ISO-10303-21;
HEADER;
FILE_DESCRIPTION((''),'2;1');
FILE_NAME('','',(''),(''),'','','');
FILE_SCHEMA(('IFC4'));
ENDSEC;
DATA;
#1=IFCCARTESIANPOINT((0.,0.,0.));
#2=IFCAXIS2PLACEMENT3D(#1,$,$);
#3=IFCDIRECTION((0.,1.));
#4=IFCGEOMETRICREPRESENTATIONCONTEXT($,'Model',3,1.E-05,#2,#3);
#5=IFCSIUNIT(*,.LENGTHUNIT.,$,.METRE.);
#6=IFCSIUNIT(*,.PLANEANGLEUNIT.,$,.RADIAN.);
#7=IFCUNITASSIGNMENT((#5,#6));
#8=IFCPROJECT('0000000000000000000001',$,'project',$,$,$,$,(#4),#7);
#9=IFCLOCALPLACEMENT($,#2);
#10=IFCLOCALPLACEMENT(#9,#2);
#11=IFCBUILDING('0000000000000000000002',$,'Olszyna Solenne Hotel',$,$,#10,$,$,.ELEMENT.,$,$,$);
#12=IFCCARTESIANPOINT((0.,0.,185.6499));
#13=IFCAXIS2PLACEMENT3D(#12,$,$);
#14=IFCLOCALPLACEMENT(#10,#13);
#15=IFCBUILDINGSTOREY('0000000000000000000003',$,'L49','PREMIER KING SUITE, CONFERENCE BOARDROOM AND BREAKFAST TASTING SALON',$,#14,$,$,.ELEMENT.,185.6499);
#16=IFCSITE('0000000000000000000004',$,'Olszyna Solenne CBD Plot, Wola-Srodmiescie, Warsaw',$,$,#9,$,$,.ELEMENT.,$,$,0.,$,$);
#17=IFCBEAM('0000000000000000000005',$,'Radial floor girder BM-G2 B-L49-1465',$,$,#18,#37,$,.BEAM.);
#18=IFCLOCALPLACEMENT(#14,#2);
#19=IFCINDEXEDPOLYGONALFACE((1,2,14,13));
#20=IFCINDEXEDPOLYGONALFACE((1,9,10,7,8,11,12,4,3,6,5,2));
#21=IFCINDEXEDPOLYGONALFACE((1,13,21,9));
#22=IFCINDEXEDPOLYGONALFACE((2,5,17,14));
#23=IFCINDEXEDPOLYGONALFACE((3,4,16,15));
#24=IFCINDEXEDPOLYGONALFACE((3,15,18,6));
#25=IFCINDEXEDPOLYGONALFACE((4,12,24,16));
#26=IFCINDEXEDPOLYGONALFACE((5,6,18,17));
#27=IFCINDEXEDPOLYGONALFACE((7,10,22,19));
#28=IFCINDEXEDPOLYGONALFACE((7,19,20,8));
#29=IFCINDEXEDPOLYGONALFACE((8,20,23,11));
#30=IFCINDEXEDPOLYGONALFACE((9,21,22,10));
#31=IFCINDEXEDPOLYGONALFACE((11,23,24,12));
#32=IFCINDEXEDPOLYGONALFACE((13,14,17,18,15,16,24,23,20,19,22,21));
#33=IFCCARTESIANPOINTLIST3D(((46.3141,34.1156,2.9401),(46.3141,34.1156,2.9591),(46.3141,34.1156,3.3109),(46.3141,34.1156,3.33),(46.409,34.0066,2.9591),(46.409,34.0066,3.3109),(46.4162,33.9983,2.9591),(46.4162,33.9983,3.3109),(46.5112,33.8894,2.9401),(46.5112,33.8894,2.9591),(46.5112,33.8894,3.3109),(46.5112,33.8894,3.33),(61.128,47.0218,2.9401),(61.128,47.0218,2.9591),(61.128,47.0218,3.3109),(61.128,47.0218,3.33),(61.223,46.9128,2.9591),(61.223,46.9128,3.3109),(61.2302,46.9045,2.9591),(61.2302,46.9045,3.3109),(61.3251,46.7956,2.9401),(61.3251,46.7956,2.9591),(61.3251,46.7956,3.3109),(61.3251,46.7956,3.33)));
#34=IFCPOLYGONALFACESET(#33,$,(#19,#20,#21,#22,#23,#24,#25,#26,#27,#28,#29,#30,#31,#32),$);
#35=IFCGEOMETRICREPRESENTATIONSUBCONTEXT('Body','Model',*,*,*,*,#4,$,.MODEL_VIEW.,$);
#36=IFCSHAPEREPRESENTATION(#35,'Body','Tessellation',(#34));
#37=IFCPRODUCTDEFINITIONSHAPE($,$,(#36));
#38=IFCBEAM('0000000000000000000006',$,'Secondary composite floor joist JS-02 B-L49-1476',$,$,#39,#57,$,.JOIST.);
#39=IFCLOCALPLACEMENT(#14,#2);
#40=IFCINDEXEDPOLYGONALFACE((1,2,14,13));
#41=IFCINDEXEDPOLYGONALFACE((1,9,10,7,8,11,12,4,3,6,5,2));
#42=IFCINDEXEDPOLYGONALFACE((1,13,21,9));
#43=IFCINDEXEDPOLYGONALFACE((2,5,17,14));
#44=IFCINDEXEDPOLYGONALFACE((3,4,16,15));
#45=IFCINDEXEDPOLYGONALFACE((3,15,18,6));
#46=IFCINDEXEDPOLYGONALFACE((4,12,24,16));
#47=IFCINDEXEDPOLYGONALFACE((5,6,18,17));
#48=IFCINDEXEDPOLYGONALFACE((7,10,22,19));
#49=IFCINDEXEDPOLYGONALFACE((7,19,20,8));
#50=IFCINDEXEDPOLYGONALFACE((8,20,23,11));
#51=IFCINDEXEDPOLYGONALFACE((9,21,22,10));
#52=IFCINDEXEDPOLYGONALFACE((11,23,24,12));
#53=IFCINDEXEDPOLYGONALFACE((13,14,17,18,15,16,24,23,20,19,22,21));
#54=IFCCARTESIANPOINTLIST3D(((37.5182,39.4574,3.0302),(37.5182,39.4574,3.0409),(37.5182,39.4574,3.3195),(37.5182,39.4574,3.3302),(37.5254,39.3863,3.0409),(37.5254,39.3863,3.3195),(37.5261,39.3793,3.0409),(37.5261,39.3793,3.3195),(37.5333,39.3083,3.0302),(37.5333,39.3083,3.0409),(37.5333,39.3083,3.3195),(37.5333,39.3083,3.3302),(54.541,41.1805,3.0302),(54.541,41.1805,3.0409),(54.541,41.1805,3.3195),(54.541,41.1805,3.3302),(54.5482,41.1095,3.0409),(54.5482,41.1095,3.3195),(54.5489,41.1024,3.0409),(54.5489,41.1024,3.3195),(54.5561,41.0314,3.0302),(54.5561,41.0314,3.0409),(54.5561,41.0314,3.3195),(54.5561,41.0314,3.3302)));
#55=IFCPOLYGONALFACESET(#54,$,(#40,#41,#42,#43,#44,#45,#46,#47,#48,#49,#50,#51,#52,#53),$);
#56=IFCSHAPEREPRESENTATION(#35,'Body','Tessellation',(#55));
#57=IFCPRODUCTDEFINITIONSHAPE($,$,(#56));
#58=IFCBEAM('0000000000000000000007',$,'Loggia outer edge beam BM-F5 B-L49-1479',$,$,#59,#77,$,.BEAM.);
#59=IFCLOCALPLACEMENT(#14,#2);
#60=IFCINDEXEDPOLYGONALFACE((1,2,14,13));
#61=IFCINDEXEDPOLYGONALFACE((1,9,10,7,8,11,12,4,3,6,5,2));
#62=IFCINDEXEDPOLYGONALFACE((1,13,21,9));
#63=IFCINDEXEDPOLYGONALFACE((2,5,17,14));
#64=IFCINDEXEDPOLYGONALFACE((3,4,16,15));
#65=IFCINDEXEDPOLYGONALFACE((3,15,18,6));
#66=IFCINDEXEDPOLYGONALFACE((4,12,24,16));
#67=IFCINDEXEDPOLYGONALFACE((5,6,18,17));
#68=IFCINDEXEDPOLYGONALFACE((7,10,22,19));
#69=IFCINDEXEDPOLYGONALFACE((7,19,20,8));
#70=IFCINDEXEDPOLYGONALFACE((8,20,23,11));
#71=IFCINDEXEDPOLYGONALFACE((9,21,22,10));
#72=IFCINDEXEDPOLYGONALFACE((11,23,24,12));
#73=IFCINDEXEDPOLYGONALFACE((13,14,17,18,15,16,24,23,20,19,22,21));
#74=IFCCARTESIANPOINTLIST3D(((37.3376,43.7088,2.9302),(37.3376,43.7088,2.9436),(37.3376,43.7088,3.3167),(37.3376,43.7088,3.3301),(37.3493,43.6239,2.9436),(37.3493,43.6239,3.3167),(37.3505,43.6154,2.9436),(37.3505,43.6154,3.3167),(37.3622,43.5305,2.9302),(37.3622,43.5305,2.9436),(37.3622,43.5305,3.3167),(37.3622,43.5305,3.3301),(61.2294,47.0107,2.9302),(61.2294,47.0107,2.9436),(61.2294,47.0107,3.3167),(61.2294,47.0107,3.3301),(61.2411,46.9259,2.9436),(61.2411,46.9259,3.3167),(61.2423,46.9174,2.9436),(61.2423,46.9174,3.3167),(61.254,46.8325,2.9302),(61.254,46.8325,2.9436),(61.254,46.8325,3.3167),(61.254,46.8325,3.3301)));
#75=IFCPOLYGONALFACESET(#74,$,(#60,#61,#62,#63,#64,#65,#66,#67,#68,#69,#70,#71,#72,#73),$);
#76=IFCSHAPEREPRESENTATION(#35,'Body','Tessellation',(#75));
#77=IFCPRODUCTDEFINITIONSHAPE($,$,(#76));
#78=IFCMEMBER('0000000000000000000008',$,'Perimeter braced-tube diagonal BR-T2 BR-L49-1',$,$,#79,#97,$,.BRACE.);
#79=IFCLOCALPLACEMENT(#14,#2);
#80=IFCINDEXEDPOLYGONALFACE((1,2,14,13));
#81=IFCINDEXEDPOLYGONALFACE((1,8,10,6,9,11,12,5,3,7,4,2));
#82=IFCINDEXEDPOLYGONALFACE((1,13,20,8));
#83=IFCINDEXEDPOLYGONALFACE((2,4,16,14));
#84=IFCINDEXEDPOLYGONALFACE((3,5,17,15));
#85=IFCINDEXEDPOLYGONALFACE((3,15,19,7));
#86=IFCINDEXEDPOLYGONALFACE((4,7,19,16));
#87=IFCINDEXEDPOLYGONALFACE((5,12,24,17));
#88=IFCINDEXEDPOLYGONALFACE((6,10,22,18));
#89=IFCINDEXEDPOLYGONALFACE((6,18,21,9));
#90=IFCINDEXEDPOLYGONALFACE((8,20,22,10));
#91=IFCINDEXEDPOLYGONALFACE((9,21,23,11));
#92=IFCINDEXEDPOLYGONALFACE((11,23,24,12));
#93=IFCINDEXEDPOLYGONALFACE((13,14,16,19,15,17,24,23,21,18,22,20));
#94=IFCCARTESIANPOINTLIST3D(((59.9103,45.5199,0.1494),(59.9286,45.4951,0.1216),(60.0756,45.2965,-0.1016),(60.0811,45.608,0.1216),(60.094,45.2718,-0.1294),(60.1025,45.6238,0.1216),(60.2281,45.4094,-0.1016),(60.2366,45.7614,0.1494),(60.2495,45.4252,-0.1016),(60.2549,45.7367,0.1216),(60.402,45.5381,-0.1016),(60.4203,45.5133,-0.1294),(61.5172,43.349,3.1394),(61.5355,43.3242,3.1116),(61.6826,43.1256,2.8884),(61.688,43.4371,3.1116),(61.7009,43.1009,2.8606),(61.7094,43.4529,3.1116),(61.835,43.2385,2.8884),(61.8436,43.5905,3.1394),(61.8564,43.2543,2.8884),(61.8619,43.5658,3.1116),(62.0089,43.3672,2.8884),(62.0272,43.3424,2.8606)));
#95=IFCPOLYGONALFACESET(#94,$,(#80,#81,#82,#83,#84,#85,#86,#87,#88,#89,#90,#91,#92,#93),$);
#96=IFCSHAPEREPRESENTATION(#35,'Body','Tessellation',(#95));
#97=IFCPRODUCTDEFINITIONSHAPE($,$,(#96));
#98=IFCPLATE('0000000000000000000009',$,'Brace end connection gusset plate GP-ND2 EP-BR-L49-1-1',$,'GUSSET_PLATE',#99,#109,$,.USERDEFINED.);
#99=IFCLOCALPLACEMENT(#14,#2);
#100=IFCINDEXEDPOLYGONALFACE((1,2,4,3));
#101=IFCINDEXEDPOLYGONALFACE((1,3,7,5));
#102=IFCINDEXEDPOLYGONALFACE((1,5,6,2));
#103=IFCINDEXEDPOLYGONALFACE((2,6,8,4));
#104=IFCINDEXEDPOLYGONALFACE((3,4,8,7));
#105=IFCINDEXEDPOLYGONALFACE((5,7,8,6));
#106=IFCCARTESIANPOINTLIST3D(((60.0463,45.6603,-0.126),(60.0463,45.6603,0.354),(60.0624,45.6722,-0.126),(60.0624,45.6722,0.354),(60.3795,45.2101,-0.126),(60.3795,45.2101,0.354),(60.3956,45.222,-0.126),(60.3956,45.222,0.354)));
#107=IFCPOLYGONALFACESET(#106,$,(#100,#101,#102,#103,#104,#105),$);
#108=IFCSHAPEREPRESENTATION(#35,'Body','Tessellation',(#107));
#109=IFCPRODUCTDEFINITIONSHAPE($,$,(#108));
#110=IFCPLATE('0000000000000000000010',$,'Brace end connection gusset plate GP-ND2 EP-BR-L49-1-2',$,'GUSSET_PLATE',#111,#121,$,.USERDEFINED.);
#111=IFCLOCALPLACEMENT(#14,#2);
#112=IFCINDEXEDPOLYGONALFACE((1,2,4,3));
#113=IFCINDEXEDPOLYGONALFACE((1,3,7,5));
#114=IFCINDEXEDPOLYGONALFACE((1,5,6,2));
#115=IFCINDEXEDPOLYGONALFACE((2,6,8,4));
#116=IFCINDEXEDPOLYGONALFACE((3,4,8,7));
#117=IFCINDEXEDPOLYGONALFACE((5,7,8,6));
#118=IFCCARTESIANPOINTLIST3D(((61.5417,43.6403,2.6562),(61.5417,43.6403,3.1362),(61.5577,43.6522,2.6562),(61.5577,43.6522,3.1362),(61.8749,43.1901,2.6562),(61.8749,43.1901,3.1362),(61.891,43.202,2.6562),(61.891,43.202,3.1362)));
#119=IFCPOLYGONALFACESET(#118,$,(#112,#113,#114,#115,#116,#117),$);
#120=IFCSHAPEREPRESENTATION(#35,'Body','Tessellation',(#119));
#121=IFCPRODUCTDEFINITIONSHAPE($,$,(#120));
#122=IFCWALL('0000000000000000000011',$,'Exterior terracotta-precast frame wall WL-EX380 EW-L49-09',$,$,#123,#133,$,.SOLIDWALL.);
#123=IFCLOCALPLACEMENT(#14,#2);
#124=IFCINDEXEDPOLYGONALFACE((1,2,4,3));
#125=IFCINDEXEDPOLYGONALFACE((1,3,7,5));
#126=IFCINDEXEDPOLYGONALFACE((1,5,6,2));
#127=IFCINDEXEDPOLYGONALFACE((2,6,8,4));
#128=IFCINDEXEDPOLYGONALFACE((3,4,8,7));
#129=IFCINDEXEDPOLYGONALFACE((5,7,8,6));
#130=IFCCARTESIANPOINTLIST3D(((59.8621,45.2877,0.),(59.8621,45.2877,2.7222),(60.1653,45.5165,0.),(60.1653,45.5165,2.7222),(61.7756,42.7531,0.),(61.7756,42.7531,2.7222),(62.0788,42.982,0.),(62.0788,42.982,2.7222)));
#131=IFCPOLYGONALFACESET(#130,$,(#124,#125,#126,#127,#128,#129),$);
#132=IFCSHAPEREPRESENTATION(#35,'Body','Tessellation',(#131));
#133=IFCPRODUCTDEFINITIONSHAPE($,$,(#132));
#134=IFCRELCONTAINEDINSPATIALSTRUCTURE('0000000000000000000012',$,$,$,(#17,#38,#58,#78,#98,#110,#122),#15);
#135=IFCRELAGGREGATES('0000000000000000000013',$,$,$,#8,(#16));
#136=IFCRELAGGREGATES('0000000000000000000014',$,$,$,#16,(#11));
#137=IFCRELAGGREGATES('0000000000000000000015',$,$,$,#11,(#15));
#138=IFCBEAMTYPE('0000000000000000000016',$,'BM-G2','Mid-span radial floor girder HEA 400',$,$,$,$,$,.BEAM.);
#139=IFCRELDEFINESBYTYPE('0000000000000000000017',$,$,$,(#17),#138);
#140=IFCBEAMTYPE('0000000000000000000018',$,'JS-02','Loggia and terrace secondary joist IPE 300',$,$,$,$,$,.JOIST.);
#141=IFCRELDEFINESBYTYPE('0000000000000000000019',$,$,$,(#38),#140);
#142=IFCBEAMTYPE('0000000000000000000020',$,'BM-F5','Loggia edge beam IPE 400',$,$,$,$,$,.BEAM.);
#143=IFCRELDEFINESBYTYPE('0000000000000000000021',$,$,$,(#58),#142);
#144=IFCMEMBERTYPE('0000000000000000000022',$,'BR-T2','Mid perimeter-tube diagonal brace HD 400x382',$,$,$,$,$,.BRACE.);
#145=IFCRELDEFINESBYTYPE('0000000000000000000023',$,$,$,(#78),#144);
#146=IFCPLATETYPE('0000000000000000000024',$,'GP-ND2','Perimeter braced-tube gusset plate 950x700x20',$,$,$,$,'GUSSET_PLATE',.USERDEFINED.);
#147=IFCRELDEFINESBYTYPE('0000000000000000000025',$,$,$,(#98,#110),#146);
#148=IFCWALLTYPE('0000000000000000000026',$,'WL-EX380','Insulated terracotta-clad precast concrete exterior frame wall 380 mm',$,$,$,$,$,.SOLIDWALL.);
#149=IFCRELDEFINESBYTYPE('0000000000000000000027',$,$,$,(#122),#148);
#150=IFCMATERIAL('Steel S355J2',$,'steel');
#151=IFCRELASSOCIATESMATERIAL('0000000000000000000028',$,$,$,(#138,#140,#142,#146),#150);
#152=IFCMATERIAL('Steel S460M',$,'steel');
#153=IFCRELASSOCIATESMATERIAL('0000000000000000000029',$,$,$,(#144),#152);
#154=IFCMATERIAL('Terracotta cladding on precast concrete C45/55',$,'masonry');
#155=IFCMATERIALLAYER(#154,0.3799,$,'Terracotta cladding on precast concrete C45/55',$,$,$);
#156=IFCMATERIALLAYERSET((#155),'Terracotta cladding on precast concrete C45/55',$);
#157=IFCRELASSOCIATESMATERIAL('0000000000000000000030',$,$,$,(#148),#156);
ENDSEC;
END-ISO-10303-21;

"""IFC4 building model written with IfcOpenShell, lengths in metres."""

from ifc_helpers import new_model, si_unit, direction, frame, frame_2d, origin, origin_2d, place, context, subcontext, project, spatial, rectangle, i_section, extrude, source, transform, mapped, material, layer, layer_set, material_profile, profile_set, type_object, element, save


model = new_model("IFC4")

# Units and contexts
model_context = context("Model", 3, precision=1e-05, world=origin(), true_north=direction((0.0, 1.0)))
body_context = subcontext(model_context, "Body", "Model", "MODEL_VIEW")
ifc_project = project(units=[si_unit("LENGTHUNIT", "METRE"), si_unit("PLANEANGLEUNIT", "RADIAN")], contexts=[model_context])

# Site, building, storey
site_placement = place(None, origin())
site = spatial("IfcSite", under=ifc_project, at=site_placement, Name="Olszyna Solenne CBD Plot, Wola-Srodmiescie, Warsaw", CompositionType="ELEMENT", RefElevation=0.0)
building_placement = place(site_placement, origin())
building = spatial("IfcBuilding", under=site, at=building_placement, Name="Olszyna Solenne Hotel", CompositionType="ELEMENT")
storey_placement = place(building_placement, frame((0.0, 0.0, 185.6499)))
storey = spatial("IfcBuildingStorey", under=building, at=storey_placement, Name="L49", Description="PREMIER KING SUITE, CONFERENCE BOARDROOM AND BREAKFAST TASTING SALON", CompositionType="ELEMENT", Elevation=185.6499)

# Shared definitions
ifc_material_1 = material(Name="Steel S460M", Category="steel")

# Beams
ifc_material_2 = material(Name="Steel S355J2", Category="steel")
ifc_material_profile_1 = material_profile(ifc_material_2, i_section(OverallWidth=0.3, OverallDepth=0.3899, WebThickness=0.011, FlangeThickness=0.019, at=origin_2d()), Name="HEA 400", Category="load-bearing")
ifc_profile_set_1 = profile_set([ifc_material_profile_1], Name="Steel S355J2")
beam_type_1 = type_object("IfcBeamType", Name="BM-G2", Description="Mid-span radial floor girder HEA 400", PredefinedType="BEAM", material=ifc_profile_set_1)
shared_shape_1 = source(origin(), body_context, "Body", "SweptSolid", [
    extrude(i_section(OverallWidth=0.3, OverallDepth=0.3899, WebThickness=0.011, FlangeThickness=0.019, at=origin_2d()), origin(), (0.0, 0.0, 1.0), 19.6475),
])
beam_1_placement = place(storey_placement, frame((61.2266, 46.9087, 3.135), z_axis=(-0.753987, -0.65689, 0.0), x_axis=(0.65689, -0.753987, 0.0)))
element("IfcBeam", 1, at=beam_1_placement, inside=storey, type_object=beam_type_1, Name="Radial floor girder BM-G2 B-L49-1465", PredefinedType="BEAM", context=body_context, shape_type="MappedRepresentation", body=[
    mapped(shared_shape_1, transform((0.0, 0.0, 0.0), x_axis=(1.0, 0.0, 0.0), y_axis=(0.0, 1.0, 0.0), z_axis=(0.0, 0.0, 1.0), scale=1.0)),
])
ifc_material_profile_2 = material_profile(ifc_material_2, i_section(OverallWidth=0.1499, OverallDepth=0.3, WebThickness=0.0071, FlangeThickness=0.0107, at=origin_2d()), Name="IPE 300", Category="load-bearing")
ifc_profile_set_2 = profile_set([ifc_material_profile_2], Name="Steel S355J2")
beam_type_2 = type_object("IfcBeamType", Name="JS-02", Description="Loggia and terrace secondary joist IPE 300", PredefinedType="JOIST", material=ifc_profile_set_2)
shared_shape_2 = source(origin(), body_context, "Body", "SweptSolid", [
    extrude(i_section(OverallWidth=0.1499, OverallDepth=0.3, WebThickness=0.0071, FlangeThickness=0.0107, at=origin_2d()), origin(), (0.0, 0.0, 1.0), 17.1099),
])
beam_2_placement = place(storey_placement, frame((54.5486, 41.106, 3.1802), z_axis=(-0.994916, -0.10071, 0.0), x_axis=(0.10071, -0.994916, 0.0)))
element("IfcBeam", 2, at=beam_2_placement, inside=storey, type_object=beam_type_2, Name="Secondary composite floor joist JS-02 B-L49-1476", PredefinedType="JOIST", context=body_context, shape_type="MappedRepresentation", body=[
    mapped(shared_shape_2, transform((0.0, 0.0, 0.0), x_axis=(1.0, 0.0, 0.0), y_axis=(0.0, 1.0, 0.0), z_axis=(0.0, 0.0, 1.0), scale=1.0)),
])
ifc_material_profile_3 = material_profile(ifc_material_2, i_section(OverallWidth=0.1799, OverallDepth=0.3999, WebThickness=0.0085, FlangeThickness=0.0134, at=origin_2d()), Name="IPE 400", Category="load-bearing")
ifc_profile_set_3 = profile_set([ifc_material_profile_3], Name="Steel S355J2")
beam_type_3 = type_object("IfcBeamType", Name="BM-F5", Description="Loggia edge beam IPE 400", PredefinedType="BEAM", material=ifc_profile_set_3)
shared_shape_3 = source(origin(), body_context, "Body", "SweptSolid", [
    extrude(i_section(OverallWidth=0.1799, OverallDepth=0.3999, WebThickness=0.0085, FlangeThickness=0.0134, at=origin_2d()), origin(), (0.0, 0.0, 1.0), 24.1189),
])
beam_3_placement = place(storey_placement, frame((61.2417, 46.9216, 3.1301), z_axis=(-0.990584, -0.136905, 0.0), x_axis=(0.136905, -0.990584, 0.0)))
element("IfcBeam", 3, at=beam_3_placement, inside=storey, type_object=beam_type_3, Name="Loggia outer edge beam BM-F5 B-L49-1479", PredefinedType="BEAM", context=body_context, shape_type="MappedRepresentation", body=[
    mapped(shared_shape_3, transform((0.0, 0.0, 0.0), x_axis=(1.0, 0.0, 0.0), y_axis=(0.0, 1.0, 0.0), z_axis=(0.0, 0.0, 1.0), scale=1.0)),
])

# Member
ifc_material_profile_4 = material_profile(ifc_material_1, i_section(OverallWidth=0.406, OverallDepth=0.416, WebThickness=0.0266, FlangeThickness=0.0415, at=origin_2d()), Name="HD 400x382", Category="load-bearing")
ifc_profile_set_4 = profile_set([ifc_material_profile_4], Name="Steel S460M")
member_type = type_object("IfcMemberType", Name="BR-T2", Description="Mid perimeter-tube diagonal brace HD 400x382", PredefinedType="BRACE", material=ifc_profile_set_4)
shared_shape_4 = source(origin(), body_context, "Body", "SweptSolid", [
    extrude(i_section(OverallWidth=0.406, OverallDepth=0.416, WebThickness=0.0266, FlangeThickness=0.0415, at=origin_2d()), origin(), (0.0, 0.0, 1.0), 4.0293),
])
member_placement = place(storey_placement, frame((60.1653, 45.5166, 0.01), z_axis=(0.398814, -0.538781, 0.742066), x_axis=(0.803759, 0.594955, 0.0)))
element("IfcMember", 4, at=member_placement, inside=storey, type_object=member_type, Name="Perimeter braced-tube diagonal BR-T2 BR-L49-1", PredefinedType="BRACE", context=body_context, shape_type="MappedRepresentation", body=[
    mapped(shared_shape_4, transform((0.0, 0.0, 0.0), x_axis=(1.0, 0.0, 0.0), y_axis=(0.0, 1.0, 0.0), z_axis=(0.0, 0.0, 1.0), scale=1.0)),
])

# Plates
plate_type = type_object("IfcPlateType", Name="GP-ND2", Description="Perimeter braced-tube gusset plate 950x700x20", ElementType="GUSSET_PLATE", PredefinedType="USERDEFINED", material=ifc_material_2)
shared_shape_5 = source(origin(), body_context, "Body", "SweptSolid", [
    extrude(rectangle(XDim=0.5601, YDim=0.02, at=origin_2d()), origin(), (0.0, 0.0, 1.0), 0.48),
])
for number, where, z_axis, x_axis, name in (
    (5, (60.2209, 45.4412, -0.126), (0.0, 0.0, 1.0), (0.594963, -0.803753, 0.0), "Brace end connection gusset plate GP-ND2 EP-BR-L49-1-1"),
    (6, (61.7163, 43.4211, 2.6562), (0.0, 0.0, 1.0), (0.594963, -0.803753, 0.0), "Brace end connection gusset plate GP-ND2 EP-BR-L49-1-2"),
):
    element("IfcPlate", number, at=place(storey_placement, frame(where, z_axis=z_axis, x_axis=x_axis)), inside=storey, type_object=plate_type, Name=name, ObjectType="GUSSET_PLATE", PredefinedType="USERDEFINED", context=body_context, shape_type="MappedRepresentation", body=[
        mapped(shared_shape_5, transform((0.0, 0.0, 0.0), x_axis=(1.0, 0.0, 0.0), y_axis=(0.0, 1.0, 0.0), z_axis=(0.0, 0.0, 1.0), scale=1.0)),
    ])

# Wall
ifc_material_3 = material(Name="Terracotta cladding on precast concrete C45/55", Category="masonry")
ifc_layer_1 = layer(ifc_material_3, 0.3799, Name="Terracotta cladding on precast concrete C45/55")
ifc_layer_set_1 = layer_set([ifc_layer_1], Name="Terracotta cladding on precast concrete C45/55")
wall_type_1 = type_object("IfcWallType", Name="WL-EX380", Description="Insulated terracotta-clad precast concrete exterior frame wall 380 mm", PredefinedType="SOLIDWALL", material=ifc_layer_set_1)
wall_1_placement = place(storey_placement, frame((60.0137, 45.4021, 0.0), z_axis=(0.0, 0.0, 1.0), x_axis=(0.602531, -0.798096, 0.0)))
element("IfcWall", 7, at=wall_1_placement, inside=storey, type_object=wall_type_1, Name="Exterior terracotta-precast frame wall WL-EX380 EW-L49-09", PredefinedType="SOLIDWALL", context=body_context, shape_type="SweptSolid", body=[
    extrude(rectangle(XDim=3.1758, YDim=0.3799, at=frame_2d((1.5879, 0.0))), origin(), (0.0, 0.0, 1.0), 2.7222),
])

save(model, "model.ifc")
